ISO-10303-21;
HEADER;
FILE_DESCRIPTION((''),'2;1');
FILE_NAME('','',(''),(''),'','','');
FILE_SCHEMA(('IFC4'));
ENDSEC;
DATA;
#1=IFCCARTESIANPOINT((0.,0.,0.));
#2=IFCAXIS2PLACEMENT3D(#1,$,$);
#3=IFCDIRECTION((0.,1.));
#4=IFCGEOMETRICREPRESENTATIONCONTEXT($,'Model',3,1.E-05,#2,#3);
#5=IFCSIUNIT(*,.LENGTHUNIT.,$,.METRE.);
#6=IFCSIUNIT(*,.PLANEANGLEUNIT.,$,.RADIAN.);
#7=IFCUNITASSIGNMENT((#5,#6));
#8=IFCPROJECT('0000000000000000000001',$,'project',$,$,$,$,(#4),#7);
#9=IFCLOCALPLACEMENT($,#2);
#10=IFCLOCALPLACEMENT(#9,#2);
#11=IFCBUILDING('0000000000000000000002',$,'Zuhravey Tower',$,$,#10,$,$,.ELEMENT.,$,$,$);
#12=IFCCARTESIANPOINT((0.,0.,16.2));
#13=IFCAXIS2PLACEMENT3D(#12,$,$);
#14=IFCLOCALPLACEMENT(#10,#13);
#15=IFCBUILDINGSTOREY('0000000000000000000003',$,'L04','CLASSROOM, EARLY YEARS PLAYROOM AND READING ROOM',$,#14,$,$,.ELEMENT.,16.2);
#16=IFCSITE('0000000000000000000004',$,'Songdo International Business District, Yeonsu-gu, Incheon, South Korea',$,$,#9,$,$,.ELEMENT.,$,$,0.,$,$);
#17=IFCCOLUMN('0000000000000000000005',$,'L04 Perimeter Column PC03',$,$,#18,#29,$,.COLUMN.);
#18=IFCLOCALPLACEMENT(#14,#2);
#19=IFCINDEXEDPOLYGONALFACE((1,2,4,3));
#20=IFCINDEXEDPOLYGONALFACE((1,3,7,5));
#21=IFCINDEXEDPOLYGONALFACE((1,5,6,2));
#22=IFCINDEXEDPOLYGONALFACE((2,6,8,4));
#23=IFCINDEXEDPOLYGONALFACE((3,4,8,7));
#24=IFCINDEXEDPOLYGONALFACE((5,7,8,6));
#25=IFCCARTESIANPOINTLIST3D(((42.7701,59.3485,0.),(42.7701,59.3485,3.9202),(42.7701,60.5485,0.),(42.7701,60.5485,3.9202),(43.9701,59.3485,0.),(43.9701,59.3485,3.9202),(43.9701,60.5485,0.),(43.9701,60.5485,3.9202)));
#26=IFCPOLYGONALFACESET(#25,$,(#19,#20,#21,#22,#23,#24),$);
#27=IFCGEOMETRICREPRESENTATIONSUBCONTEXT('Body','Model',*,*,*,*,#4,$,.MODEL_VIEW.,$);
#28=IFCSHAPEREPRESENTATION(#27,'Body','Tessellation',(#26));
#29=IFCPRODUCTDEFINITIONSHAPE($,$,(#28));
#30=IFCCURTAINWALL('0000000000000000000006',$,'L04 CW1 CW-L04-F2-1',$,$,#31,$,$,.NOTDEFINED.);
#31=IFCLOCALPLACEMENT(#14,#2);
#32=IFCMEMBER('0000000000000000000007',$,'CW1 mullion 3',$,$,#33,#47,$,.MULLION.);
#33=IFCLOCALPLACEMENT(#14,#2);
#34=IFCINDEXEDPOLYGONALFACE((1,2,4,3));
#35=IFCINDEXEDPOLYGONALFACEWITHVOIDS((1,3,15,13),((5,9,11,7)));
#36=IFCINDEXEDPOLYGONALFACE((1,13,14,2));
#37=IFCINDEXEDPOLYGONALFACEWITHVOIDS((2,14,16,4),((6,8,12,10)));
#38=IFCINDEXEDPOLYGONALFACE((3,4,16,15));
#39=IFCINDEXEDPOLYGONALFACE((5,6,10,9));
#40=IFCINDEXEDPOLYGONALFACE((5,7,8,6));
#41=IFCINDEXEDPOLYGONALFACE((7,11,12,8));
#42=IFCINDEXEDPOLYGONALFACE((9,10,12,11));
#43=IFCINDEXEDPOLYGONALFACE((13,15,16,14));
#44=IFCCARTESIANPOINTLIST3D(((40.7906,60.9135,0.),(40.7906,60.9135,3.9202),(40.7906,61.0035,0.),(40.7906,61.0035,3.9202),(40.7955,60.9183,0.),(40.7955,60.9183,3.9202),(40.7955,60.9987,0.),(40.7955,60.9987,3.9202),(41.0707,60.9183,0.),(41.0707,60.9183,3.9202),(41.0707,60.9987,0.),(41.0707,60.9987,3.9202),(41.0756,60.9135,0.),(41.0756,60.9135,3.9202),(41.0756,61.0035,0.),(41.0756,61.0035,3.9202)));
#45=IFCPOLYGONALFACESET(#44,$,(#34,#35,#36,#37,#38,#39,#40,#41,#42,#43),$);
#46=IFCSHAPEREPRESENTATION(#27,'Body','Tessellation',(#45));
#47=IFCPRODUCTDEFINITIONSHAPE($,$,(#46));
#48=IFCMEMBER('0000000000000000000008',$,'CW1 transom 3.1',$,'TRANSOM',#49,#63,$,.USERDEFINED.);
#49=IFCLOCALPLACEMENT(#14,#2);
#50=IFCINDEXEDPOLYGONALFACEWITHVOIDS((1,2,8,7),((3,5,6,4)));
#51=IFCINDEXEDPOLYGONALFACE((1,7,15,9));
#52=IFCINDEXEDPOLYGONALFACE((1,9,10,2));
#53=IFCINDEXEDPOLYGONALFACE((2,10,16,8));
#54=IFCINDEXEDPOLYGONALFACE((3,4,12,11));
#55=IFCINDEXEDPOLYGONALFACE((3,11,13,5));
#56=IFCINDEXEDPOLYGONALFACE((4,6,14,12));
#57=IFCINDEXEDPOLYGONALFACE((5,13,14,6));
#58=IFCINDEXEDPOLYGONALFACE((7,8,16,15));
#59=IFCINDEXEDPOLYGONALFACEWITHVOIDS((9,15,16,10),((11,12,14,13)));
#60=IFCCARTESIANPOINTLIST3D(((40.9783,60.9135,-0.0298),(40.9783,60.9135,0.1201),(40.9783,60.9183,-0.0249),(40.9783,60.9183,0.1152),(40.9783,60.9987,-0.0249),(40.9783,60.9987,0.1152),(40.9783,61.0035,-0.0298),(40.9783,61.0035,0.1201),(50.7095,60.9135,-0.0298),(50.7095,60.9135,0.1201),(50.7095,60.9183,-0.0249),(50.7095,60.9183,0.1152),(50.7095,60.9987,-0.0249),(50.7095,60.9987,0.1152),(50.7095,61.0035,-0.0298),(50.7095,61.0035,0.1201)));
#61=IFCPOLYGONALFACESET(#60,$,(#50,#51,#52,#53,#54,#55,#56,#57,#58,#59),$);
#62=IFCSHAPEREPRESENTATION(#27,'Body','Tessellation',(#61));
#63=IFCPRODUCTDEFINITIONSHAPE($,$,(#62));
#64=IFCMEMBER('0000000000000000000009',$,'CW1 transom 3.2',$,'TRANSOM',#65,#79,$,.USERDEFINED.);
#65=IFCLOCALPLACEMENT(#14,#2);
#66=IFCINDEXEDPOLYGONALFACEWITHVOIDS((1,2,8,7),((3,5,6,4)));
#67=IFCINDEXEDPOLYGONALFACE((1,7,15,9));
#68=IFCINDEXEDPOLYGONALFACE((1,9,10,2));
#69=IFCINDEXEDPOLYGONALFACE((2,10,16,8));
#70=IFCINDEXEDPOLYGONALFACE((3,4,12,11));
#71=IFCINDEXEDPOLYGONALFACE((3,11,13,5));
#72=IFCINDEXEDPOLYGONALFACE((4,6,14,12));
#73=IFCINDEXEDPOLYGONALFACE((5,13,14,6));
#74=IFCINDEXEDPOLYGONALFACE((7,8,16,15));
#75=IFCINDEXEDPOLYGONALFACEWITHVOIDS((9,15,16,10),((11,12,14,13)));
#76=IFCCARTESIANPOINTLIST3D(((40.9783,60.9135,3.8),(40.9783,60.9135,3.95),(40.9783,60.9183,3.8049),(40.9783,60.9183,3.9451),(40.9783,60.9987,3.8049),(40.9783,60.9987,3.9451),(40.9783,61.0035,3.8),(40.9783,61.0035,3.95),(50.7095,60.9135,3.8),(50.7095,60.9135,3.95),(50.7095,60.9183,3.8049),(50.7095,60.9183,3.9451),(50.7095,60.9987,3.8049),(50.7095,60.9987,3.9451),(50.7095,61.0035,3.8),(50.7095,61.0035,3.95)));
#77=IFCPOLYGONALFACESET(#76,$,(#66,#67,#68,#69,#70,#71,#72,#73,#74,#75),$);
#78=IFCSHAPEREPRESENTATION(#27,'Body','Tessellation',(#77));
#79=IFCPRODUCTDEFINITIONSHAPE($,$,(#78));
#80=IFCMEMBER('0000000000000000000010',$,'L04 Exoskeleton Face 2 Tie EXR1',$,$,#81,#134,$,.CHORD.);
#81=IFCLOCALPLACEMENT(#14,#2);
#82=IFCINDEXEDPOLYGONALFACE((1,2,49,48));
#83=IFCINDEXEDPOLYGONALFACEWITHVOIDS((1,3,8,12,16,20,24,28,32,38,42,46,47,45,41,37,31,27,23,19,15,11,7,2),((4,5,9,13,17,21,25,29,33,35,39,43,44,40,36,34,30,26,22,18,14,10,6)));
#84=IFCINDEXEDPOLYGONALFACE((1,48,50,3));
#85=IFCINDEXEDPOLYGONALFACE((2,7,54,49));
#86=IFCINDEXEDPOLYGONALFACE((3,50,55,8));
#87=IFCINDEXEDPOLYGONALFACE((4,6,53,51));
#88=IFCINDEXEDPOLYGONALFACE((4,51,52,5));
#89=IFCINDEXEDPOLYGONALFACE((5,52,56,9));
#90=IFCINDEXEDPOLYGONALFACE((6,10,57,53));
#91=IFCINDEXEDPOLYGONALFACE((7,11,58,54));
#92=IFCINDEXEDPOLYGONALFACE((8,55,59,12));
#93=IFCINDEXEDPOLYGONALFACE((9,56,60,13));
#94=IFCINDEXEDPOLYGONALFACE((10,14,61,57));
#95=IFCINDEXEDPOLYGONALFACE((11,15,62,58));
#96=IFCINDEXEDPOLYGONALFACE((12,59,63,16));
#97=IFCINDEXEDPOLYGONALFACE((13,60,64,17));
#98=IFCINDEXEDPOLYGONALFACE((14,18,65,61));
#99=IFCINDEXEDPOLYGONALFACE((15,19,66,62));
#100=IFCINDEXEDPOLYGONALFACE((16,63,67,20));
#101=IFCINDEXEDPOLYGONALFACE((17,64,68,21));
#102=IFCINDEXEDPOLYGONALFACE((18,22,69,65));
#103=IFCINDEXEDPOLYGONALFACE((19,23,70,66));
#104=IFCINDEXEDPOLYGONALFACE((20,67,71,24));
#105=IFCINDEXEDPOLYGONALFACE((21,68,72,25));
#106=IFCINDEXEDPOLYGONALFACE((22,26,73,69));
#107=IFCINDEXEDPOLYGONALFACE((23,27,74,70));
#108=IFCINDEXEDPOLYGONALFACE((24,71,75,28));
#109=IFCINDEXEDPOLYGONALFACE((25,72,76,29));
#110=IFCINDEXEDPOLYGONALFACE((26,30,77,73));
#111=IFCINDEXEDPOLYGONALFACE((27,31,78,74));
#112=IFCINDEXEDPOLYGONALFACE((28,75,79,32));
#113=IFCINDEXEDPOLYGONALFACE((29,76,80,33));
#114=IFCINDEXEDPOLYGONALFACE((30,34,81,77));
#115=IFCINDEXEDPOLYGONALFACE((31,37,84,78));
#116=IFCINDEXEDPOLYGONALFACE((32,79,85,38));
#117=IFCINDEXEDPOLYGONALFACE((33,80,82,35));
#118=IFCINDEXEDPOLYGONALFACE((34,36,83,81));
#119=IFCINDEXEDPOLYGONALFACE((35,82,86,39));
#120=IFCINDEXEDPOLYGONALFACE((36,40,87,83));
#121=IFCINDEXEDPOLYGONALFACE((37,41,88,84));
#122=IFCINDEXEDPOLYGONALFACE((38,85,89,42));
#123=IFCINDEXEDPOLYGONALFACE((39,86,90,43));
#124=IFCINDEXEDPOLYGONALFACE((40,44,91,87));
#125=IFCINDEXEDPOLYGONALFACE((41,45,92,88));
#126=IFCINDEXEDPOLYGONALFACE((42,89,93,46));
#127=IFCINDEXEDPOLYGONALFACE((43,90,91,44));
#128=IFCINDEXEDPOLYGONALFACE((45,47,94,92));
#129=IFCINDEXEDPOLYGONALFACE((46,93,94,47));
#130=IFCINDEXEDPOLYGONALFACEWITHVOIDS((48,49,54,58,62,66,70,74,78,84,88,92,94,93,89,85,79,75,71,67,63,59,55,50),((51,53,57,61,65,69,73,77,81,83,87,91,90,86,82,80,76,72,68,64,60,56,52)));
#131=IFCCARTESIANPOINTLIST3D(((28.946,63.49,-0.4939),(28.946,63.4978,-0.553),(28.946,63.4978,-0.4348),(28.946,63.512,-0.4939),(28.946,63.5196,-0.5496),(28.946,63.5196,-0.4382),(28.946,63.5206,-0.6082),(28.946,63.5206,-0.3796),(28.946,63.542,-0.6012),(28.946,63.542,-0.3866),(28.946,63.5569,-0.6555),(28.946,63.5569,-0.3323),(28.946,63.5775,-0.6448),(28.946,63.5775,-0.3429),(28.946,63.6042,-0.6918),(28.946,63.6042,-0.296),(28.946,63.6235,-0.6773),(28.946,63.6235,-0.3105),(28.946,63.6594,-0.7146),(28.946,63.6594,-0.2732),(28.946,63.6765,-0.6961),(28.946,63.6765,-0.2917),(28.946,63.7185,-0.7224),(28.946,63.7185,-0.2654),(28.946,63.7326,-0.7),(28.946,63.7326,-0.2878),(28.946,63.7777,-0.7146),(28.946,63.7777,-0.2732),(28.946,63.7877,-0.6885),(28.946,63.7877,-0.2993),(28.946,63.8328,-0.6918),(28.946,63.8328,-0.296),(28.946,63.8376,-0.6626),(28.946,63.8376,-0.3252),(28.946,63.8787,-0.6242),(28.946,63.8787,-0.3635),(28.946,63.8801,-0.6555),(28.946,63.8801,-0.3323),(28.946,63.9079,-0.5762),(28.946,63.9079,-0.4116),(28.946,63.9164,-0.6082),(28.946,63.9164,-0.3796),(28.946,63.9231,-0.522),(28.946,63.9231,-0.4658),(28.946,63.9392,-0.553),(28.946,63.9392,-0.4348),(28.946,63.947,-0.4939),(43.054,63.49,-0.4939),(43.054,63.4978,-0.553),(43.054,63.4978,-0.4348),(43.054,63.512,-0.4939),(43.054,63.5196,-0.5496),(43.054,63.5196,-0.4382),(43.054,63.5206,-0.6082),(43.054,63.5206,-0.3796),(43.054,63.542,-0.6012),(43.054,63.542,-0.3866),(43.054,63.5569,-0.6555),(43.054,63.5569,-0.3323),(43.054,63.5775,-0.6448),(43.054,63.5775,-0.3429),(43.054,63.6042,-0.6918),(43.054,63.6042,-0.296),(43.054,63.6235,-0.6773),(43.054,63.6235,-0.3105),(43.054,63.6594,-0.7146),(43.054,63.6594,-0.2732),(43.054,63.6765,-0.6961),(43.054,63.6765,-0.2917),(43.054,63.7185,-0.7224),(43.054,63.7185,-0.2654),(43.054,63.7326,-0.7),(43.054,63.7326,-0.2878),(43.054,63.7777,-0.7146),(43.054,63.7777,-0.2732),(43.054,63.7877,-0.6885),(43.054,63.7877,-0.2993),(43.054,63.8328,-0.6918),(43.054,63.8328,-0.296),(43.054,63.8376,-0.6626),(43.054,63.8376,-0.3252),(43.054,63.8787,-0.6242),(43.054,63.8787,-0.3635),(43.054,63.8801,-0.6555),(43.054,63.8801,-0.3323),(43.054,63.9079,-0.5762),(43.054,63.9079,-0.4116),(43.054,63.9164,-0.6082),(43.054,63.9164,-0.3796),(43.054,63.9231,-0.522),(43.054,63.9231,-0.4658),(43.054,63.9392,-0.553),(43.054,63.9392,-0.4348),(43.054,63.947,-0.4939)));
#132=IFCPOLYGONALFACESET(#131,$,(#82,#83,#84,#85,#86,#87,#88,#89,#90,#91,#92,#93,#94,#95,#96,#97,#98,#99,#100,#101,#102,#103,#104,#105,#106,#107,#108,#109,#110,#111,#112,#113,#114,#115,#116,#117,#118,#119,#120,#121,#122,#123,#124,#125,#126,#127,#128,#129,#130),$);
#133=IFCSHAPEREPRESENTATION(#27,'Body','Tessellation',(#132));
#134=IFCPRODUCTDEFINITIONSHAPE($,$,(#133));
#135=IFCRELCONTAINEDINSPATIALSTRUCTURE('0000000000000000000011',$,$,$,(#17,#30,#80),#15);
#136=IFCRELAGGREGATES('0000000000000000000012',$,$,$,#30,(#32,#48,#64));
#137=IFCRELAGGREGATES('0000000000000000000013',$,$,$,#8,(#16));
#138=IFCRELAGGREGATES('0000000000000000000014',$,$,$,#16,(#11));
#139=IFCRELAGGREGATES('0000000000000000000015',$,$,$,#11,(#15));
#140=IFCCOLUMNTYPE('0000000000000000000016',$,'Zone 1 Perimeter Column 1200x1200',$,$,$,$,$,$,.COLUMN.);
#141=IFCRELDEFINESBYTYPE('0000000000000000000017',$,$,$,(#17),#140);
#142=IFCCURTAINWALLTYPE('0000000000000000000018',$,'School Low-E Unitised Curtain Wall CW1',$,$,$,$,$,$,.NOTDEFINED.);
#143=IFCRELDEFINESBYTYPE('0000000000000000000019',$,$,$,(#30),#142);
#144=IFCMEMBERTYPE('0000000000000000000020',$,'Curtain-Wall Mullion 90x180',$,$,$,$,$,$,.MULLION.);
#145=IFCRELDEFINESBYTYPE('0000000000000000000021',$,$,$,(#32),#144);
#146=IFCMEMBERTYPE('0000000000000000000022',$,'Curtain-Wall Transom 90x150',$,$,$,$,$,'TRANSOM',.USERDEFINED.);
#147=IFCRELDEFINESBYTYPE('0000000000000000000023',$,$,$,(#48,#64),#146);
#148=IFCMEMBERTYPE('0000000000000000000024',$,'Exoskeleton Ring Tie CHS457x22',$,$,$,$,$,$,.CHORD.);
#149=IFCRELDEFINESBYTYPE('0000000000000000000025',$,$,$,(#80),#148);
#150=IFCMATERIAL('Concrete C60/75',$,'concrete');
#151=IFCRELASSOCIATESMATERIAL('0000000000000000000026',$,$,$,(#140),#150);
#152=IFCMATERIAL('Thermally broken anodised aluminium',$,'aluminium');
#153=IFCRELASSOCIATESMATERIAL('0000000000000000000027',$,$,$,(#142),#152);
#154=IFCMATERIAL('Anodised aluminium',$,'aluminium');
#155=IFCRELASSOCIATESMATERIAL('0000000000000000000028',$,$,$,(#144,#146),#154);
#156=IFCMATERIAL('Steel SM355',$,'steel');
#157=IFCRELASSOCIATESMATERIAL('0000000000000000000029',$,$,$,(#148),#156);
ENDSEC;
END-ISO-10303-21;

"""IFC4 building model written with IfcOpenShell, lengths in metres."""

from ifc_helpers import new_model, si_unit, direction, frame, origin, origin_2d, place, context, subcontext, project, spatial, rectangle, hollow_rectangle, hollow_circle, extrude, material, material_profile, profile_set, type_object, element, aggregate, save


model = new_model("IFC4")

# Units and contexts
model_context = context("Model", 3, precision=1e-05, world=origin(), true_north=direction((0.0, 1.0)))
body_context = subcontext(model_context, "Body", "Model", "MODEL_VIEW")
ifc_project = project(units=[si_unit("LENGTHUNIT", "METRE"), si_unit("PLANEANGLEUNIT", "RADIAN")], contexts=[model_context])

# Site, building, storey
site_placement = place(None, origin())
site = spatial("IfcSite", under=ifc_project, at=site_placement, Name="Songdo International Business District, Yeonsu-gu, Incheon, South Korea", CompositionType="ELEMENT", RefElevation=0.0)
building_placement = place(site_placement, origin())
building = spatial("IfcBuilding", under=site, at=building_placement, Name="Zuhravey Tower", CompositionType="ELEMENT")
storey_placement = place(building_placement, frame((0.0, 0.0, 16.2)))
storey = spatial("IfcBuildingStorey", under=building, at=storey_placement, Name="L04", Description="CLASSROOM, EARLY YEARS PLAYROOM AND READING ROOM", CompositionType="ELEMENT", Elevation=16.2)

# Column
ifc_material_1 = material(Name="Concrete C60/75", Category="concrete")
ifc_material_profile_1 = material_profile(ifc_material_1, rectangle(XDim=1.2, YDim=1.2, at=origin_2d()), Name="RC-1200x1200")
ifc_profile_set_1 = profile_set([ifc_material_profile_1], Name="Concrete C60/75")
column_type = type_object("IfcColumnType", Name="Zone 1 Perimeter Column 1200x1200", PredefinedType="COLUMN", material=ifc_profile_set_1)
column_placement = place(storey_placement, frame((43.3701, 59.9485, 0.0), z_axis=(0.0, 0.0, 1.0), x_axis=(-1.0, 0.0, 0.0)))
element("IfcColumn", 1, at=column_placement, inside=storey, type_object=column_type, Name="L04 Perimeter Column PC03", PredefinedType="COLUMN", context=body_context, shape_type="SweptSolid", body=[
    extrude(rectangle(XDim=1.2, YDim=1.2, at=origin_2d()), origin(), (0.0, 0.0, 1.0), 3.9202),
])

# Curtain wall, members
ifc_material_2 = material(Name="Thermally broken anodised aluminium", Category="aluminium")
curtain_wall_type = type_object("IfcCurtainWallType", Name="School Low-E Unitised Curtain Wall CW1", PredefinedType="NOTDEFINED", material=ifc_material_2)
curtain_wall_placement = place(storey_placement, origin())
curtain_wall = element("IfcCurtainWall", 2, at=curtain_wall_placement, inside=storey, type_object=curtain_wall_type, Name="L04 CW1 CW-L04-F2-1", PredefinedType="NOTDEFINED")
ifc_material_3 = material(Name="Anodised aluminium", Category="aluminium")
ifc_material_profile_2 = material_profile(ifc_material_3, hollow_rectangle(XDim=0.0901, YDim=0.2849, WallThickness=0.0049, at=origin_2d()), Name="ALU-RHS-90x285x5")
ifc_profile_set_2 = profile_set([ifc_material_profile_2], Name="Anodised aluminium")
member_type_1 = type_object("IfcMemberType", Name="Curtain-Wall Mullion 90x180", PredefinedType="MULLION", material=ifc_profile_set_2)
member_1_placement = place(storey_placement, frame((40.9331, 60.9585, 0.0), z_axis=(0.0, 0.0, 1.0), x_axis=(0.0, 1.0, 0.0)))
member_1 = element("IfcMember", 3, at=member_1_placement, type_object=member_type_1, Name="CW1 mullion 3", PredefinedType="MULLION", context=body_context, shape_type="SweptSolid", body=[
    extrude(hollow_rectangle(XDim=0.0901, YDim=0.2849, WallThickness=0.0049, at=origin_2d()), origin(), (0.0, 0.0, 1.0), 3.9202),
])
ifc_material_profile_3 = material_profile(ifc_material_3, hollow_rectangle(XDim=0.0901, YDim=0.1499, WallThickness=0.0049, at=origin_2d()), Name="ALU-RHS-90x150x5")
ifc_profile_set_3 = profile_set([ifc_material_profile_3], Name="Anodised aluminium")
member_type_2 = type_object("IfcMemberType", Name="Curtain-Wall Transom 90x150", ElementType="TRANSOM", PredefinedType="USERDEFINED", material=ifc_profile_set_3)
member_2_placement = place(storey_placement, frame((40.9783, 60.9585, 0.0452), z_axis=(1.0, 0.0, 0.0), x_axis=(0.0, 1.0, 0.0)))
member_2 = element("IfcMember", 4, at=member_2_placement, type_object=member_type_2, Name="CW1 transom 3.1", ObjectType="TRANSOM", PredefinedType="USERDEFINED", context=body_context, shape_type="SweptSolid", body=[
    extrude(hollow_rectangle(XDim=0.0901, YDim=0.1499, WallThickness=0.0049, at=origin_2d()), origin(), (0.0, 0.0, 1.0), 9.7312),
])
member_3_placement = place(storey_placement, frame((40.9783, 60.9585, 3.875), z_axis=(1.0, 0.0, 0.0), x_axis=(0.0, 1.0, 0.0)))
member_3 = element("IfcMember", 5, at=member_3_placement, type_object=member_type_2, Name="CW1 transom 3.2", ObjectType="TRANSOM", PredefinedType="USERDEFINED", context=body_context, shape_type="SweptSolid", body=[
    extrude(hollow_rectangle(XDim=0.0901, YDim=0.1499, WallThickness=0.0049, at=origin_2d()), origin(), (0.0, 0.0, 1.0), 9.7312),
])

# Member
ifc_material_4 = material(Name="Steel SM355", Category="steel")
ifc_material_profile_4 = material_profile(ifc_material_4, hollow_circle(Radius=0.2285, WallThickness=0.022, at=origin_2d()), Name="CHS-457.2x22")
ifc_profile_set_4 = profile_set([ifc_material_profile_4], Name="Steel SM355")
member_type_3 = type_object("IfcMemberType", Name="Exoskeleton Ring Tie CHS457x22", PredefinedType="CHORD", material=ifc_profile_set_4)
member_4_placement = place(storey_placement, frame((43.054, 63.7185, -0.4939), z_axis=(-1.0, 0.0, 0.0), x_axis=(0.0, -1.0, 0.0)))
element("IfcMember", 6, at=member_4_placement, inside=storey, type_object=member_type_3, Name="L04 Exoskeleton Face 2 Tie EXR1", PredefinedType="CHORD", context=body_context, shape_type="SweptSolid", body=[
    extrude(hollow_circle(Radius=0.2285, WallThickness=0.022, at=origin_2d()), origin(), (0.0, 0.0, 1.0), 14.1079),
])

aggregate(curtain_wall, [member_1, member_2, member_3])

save(model, "model.ifc")
